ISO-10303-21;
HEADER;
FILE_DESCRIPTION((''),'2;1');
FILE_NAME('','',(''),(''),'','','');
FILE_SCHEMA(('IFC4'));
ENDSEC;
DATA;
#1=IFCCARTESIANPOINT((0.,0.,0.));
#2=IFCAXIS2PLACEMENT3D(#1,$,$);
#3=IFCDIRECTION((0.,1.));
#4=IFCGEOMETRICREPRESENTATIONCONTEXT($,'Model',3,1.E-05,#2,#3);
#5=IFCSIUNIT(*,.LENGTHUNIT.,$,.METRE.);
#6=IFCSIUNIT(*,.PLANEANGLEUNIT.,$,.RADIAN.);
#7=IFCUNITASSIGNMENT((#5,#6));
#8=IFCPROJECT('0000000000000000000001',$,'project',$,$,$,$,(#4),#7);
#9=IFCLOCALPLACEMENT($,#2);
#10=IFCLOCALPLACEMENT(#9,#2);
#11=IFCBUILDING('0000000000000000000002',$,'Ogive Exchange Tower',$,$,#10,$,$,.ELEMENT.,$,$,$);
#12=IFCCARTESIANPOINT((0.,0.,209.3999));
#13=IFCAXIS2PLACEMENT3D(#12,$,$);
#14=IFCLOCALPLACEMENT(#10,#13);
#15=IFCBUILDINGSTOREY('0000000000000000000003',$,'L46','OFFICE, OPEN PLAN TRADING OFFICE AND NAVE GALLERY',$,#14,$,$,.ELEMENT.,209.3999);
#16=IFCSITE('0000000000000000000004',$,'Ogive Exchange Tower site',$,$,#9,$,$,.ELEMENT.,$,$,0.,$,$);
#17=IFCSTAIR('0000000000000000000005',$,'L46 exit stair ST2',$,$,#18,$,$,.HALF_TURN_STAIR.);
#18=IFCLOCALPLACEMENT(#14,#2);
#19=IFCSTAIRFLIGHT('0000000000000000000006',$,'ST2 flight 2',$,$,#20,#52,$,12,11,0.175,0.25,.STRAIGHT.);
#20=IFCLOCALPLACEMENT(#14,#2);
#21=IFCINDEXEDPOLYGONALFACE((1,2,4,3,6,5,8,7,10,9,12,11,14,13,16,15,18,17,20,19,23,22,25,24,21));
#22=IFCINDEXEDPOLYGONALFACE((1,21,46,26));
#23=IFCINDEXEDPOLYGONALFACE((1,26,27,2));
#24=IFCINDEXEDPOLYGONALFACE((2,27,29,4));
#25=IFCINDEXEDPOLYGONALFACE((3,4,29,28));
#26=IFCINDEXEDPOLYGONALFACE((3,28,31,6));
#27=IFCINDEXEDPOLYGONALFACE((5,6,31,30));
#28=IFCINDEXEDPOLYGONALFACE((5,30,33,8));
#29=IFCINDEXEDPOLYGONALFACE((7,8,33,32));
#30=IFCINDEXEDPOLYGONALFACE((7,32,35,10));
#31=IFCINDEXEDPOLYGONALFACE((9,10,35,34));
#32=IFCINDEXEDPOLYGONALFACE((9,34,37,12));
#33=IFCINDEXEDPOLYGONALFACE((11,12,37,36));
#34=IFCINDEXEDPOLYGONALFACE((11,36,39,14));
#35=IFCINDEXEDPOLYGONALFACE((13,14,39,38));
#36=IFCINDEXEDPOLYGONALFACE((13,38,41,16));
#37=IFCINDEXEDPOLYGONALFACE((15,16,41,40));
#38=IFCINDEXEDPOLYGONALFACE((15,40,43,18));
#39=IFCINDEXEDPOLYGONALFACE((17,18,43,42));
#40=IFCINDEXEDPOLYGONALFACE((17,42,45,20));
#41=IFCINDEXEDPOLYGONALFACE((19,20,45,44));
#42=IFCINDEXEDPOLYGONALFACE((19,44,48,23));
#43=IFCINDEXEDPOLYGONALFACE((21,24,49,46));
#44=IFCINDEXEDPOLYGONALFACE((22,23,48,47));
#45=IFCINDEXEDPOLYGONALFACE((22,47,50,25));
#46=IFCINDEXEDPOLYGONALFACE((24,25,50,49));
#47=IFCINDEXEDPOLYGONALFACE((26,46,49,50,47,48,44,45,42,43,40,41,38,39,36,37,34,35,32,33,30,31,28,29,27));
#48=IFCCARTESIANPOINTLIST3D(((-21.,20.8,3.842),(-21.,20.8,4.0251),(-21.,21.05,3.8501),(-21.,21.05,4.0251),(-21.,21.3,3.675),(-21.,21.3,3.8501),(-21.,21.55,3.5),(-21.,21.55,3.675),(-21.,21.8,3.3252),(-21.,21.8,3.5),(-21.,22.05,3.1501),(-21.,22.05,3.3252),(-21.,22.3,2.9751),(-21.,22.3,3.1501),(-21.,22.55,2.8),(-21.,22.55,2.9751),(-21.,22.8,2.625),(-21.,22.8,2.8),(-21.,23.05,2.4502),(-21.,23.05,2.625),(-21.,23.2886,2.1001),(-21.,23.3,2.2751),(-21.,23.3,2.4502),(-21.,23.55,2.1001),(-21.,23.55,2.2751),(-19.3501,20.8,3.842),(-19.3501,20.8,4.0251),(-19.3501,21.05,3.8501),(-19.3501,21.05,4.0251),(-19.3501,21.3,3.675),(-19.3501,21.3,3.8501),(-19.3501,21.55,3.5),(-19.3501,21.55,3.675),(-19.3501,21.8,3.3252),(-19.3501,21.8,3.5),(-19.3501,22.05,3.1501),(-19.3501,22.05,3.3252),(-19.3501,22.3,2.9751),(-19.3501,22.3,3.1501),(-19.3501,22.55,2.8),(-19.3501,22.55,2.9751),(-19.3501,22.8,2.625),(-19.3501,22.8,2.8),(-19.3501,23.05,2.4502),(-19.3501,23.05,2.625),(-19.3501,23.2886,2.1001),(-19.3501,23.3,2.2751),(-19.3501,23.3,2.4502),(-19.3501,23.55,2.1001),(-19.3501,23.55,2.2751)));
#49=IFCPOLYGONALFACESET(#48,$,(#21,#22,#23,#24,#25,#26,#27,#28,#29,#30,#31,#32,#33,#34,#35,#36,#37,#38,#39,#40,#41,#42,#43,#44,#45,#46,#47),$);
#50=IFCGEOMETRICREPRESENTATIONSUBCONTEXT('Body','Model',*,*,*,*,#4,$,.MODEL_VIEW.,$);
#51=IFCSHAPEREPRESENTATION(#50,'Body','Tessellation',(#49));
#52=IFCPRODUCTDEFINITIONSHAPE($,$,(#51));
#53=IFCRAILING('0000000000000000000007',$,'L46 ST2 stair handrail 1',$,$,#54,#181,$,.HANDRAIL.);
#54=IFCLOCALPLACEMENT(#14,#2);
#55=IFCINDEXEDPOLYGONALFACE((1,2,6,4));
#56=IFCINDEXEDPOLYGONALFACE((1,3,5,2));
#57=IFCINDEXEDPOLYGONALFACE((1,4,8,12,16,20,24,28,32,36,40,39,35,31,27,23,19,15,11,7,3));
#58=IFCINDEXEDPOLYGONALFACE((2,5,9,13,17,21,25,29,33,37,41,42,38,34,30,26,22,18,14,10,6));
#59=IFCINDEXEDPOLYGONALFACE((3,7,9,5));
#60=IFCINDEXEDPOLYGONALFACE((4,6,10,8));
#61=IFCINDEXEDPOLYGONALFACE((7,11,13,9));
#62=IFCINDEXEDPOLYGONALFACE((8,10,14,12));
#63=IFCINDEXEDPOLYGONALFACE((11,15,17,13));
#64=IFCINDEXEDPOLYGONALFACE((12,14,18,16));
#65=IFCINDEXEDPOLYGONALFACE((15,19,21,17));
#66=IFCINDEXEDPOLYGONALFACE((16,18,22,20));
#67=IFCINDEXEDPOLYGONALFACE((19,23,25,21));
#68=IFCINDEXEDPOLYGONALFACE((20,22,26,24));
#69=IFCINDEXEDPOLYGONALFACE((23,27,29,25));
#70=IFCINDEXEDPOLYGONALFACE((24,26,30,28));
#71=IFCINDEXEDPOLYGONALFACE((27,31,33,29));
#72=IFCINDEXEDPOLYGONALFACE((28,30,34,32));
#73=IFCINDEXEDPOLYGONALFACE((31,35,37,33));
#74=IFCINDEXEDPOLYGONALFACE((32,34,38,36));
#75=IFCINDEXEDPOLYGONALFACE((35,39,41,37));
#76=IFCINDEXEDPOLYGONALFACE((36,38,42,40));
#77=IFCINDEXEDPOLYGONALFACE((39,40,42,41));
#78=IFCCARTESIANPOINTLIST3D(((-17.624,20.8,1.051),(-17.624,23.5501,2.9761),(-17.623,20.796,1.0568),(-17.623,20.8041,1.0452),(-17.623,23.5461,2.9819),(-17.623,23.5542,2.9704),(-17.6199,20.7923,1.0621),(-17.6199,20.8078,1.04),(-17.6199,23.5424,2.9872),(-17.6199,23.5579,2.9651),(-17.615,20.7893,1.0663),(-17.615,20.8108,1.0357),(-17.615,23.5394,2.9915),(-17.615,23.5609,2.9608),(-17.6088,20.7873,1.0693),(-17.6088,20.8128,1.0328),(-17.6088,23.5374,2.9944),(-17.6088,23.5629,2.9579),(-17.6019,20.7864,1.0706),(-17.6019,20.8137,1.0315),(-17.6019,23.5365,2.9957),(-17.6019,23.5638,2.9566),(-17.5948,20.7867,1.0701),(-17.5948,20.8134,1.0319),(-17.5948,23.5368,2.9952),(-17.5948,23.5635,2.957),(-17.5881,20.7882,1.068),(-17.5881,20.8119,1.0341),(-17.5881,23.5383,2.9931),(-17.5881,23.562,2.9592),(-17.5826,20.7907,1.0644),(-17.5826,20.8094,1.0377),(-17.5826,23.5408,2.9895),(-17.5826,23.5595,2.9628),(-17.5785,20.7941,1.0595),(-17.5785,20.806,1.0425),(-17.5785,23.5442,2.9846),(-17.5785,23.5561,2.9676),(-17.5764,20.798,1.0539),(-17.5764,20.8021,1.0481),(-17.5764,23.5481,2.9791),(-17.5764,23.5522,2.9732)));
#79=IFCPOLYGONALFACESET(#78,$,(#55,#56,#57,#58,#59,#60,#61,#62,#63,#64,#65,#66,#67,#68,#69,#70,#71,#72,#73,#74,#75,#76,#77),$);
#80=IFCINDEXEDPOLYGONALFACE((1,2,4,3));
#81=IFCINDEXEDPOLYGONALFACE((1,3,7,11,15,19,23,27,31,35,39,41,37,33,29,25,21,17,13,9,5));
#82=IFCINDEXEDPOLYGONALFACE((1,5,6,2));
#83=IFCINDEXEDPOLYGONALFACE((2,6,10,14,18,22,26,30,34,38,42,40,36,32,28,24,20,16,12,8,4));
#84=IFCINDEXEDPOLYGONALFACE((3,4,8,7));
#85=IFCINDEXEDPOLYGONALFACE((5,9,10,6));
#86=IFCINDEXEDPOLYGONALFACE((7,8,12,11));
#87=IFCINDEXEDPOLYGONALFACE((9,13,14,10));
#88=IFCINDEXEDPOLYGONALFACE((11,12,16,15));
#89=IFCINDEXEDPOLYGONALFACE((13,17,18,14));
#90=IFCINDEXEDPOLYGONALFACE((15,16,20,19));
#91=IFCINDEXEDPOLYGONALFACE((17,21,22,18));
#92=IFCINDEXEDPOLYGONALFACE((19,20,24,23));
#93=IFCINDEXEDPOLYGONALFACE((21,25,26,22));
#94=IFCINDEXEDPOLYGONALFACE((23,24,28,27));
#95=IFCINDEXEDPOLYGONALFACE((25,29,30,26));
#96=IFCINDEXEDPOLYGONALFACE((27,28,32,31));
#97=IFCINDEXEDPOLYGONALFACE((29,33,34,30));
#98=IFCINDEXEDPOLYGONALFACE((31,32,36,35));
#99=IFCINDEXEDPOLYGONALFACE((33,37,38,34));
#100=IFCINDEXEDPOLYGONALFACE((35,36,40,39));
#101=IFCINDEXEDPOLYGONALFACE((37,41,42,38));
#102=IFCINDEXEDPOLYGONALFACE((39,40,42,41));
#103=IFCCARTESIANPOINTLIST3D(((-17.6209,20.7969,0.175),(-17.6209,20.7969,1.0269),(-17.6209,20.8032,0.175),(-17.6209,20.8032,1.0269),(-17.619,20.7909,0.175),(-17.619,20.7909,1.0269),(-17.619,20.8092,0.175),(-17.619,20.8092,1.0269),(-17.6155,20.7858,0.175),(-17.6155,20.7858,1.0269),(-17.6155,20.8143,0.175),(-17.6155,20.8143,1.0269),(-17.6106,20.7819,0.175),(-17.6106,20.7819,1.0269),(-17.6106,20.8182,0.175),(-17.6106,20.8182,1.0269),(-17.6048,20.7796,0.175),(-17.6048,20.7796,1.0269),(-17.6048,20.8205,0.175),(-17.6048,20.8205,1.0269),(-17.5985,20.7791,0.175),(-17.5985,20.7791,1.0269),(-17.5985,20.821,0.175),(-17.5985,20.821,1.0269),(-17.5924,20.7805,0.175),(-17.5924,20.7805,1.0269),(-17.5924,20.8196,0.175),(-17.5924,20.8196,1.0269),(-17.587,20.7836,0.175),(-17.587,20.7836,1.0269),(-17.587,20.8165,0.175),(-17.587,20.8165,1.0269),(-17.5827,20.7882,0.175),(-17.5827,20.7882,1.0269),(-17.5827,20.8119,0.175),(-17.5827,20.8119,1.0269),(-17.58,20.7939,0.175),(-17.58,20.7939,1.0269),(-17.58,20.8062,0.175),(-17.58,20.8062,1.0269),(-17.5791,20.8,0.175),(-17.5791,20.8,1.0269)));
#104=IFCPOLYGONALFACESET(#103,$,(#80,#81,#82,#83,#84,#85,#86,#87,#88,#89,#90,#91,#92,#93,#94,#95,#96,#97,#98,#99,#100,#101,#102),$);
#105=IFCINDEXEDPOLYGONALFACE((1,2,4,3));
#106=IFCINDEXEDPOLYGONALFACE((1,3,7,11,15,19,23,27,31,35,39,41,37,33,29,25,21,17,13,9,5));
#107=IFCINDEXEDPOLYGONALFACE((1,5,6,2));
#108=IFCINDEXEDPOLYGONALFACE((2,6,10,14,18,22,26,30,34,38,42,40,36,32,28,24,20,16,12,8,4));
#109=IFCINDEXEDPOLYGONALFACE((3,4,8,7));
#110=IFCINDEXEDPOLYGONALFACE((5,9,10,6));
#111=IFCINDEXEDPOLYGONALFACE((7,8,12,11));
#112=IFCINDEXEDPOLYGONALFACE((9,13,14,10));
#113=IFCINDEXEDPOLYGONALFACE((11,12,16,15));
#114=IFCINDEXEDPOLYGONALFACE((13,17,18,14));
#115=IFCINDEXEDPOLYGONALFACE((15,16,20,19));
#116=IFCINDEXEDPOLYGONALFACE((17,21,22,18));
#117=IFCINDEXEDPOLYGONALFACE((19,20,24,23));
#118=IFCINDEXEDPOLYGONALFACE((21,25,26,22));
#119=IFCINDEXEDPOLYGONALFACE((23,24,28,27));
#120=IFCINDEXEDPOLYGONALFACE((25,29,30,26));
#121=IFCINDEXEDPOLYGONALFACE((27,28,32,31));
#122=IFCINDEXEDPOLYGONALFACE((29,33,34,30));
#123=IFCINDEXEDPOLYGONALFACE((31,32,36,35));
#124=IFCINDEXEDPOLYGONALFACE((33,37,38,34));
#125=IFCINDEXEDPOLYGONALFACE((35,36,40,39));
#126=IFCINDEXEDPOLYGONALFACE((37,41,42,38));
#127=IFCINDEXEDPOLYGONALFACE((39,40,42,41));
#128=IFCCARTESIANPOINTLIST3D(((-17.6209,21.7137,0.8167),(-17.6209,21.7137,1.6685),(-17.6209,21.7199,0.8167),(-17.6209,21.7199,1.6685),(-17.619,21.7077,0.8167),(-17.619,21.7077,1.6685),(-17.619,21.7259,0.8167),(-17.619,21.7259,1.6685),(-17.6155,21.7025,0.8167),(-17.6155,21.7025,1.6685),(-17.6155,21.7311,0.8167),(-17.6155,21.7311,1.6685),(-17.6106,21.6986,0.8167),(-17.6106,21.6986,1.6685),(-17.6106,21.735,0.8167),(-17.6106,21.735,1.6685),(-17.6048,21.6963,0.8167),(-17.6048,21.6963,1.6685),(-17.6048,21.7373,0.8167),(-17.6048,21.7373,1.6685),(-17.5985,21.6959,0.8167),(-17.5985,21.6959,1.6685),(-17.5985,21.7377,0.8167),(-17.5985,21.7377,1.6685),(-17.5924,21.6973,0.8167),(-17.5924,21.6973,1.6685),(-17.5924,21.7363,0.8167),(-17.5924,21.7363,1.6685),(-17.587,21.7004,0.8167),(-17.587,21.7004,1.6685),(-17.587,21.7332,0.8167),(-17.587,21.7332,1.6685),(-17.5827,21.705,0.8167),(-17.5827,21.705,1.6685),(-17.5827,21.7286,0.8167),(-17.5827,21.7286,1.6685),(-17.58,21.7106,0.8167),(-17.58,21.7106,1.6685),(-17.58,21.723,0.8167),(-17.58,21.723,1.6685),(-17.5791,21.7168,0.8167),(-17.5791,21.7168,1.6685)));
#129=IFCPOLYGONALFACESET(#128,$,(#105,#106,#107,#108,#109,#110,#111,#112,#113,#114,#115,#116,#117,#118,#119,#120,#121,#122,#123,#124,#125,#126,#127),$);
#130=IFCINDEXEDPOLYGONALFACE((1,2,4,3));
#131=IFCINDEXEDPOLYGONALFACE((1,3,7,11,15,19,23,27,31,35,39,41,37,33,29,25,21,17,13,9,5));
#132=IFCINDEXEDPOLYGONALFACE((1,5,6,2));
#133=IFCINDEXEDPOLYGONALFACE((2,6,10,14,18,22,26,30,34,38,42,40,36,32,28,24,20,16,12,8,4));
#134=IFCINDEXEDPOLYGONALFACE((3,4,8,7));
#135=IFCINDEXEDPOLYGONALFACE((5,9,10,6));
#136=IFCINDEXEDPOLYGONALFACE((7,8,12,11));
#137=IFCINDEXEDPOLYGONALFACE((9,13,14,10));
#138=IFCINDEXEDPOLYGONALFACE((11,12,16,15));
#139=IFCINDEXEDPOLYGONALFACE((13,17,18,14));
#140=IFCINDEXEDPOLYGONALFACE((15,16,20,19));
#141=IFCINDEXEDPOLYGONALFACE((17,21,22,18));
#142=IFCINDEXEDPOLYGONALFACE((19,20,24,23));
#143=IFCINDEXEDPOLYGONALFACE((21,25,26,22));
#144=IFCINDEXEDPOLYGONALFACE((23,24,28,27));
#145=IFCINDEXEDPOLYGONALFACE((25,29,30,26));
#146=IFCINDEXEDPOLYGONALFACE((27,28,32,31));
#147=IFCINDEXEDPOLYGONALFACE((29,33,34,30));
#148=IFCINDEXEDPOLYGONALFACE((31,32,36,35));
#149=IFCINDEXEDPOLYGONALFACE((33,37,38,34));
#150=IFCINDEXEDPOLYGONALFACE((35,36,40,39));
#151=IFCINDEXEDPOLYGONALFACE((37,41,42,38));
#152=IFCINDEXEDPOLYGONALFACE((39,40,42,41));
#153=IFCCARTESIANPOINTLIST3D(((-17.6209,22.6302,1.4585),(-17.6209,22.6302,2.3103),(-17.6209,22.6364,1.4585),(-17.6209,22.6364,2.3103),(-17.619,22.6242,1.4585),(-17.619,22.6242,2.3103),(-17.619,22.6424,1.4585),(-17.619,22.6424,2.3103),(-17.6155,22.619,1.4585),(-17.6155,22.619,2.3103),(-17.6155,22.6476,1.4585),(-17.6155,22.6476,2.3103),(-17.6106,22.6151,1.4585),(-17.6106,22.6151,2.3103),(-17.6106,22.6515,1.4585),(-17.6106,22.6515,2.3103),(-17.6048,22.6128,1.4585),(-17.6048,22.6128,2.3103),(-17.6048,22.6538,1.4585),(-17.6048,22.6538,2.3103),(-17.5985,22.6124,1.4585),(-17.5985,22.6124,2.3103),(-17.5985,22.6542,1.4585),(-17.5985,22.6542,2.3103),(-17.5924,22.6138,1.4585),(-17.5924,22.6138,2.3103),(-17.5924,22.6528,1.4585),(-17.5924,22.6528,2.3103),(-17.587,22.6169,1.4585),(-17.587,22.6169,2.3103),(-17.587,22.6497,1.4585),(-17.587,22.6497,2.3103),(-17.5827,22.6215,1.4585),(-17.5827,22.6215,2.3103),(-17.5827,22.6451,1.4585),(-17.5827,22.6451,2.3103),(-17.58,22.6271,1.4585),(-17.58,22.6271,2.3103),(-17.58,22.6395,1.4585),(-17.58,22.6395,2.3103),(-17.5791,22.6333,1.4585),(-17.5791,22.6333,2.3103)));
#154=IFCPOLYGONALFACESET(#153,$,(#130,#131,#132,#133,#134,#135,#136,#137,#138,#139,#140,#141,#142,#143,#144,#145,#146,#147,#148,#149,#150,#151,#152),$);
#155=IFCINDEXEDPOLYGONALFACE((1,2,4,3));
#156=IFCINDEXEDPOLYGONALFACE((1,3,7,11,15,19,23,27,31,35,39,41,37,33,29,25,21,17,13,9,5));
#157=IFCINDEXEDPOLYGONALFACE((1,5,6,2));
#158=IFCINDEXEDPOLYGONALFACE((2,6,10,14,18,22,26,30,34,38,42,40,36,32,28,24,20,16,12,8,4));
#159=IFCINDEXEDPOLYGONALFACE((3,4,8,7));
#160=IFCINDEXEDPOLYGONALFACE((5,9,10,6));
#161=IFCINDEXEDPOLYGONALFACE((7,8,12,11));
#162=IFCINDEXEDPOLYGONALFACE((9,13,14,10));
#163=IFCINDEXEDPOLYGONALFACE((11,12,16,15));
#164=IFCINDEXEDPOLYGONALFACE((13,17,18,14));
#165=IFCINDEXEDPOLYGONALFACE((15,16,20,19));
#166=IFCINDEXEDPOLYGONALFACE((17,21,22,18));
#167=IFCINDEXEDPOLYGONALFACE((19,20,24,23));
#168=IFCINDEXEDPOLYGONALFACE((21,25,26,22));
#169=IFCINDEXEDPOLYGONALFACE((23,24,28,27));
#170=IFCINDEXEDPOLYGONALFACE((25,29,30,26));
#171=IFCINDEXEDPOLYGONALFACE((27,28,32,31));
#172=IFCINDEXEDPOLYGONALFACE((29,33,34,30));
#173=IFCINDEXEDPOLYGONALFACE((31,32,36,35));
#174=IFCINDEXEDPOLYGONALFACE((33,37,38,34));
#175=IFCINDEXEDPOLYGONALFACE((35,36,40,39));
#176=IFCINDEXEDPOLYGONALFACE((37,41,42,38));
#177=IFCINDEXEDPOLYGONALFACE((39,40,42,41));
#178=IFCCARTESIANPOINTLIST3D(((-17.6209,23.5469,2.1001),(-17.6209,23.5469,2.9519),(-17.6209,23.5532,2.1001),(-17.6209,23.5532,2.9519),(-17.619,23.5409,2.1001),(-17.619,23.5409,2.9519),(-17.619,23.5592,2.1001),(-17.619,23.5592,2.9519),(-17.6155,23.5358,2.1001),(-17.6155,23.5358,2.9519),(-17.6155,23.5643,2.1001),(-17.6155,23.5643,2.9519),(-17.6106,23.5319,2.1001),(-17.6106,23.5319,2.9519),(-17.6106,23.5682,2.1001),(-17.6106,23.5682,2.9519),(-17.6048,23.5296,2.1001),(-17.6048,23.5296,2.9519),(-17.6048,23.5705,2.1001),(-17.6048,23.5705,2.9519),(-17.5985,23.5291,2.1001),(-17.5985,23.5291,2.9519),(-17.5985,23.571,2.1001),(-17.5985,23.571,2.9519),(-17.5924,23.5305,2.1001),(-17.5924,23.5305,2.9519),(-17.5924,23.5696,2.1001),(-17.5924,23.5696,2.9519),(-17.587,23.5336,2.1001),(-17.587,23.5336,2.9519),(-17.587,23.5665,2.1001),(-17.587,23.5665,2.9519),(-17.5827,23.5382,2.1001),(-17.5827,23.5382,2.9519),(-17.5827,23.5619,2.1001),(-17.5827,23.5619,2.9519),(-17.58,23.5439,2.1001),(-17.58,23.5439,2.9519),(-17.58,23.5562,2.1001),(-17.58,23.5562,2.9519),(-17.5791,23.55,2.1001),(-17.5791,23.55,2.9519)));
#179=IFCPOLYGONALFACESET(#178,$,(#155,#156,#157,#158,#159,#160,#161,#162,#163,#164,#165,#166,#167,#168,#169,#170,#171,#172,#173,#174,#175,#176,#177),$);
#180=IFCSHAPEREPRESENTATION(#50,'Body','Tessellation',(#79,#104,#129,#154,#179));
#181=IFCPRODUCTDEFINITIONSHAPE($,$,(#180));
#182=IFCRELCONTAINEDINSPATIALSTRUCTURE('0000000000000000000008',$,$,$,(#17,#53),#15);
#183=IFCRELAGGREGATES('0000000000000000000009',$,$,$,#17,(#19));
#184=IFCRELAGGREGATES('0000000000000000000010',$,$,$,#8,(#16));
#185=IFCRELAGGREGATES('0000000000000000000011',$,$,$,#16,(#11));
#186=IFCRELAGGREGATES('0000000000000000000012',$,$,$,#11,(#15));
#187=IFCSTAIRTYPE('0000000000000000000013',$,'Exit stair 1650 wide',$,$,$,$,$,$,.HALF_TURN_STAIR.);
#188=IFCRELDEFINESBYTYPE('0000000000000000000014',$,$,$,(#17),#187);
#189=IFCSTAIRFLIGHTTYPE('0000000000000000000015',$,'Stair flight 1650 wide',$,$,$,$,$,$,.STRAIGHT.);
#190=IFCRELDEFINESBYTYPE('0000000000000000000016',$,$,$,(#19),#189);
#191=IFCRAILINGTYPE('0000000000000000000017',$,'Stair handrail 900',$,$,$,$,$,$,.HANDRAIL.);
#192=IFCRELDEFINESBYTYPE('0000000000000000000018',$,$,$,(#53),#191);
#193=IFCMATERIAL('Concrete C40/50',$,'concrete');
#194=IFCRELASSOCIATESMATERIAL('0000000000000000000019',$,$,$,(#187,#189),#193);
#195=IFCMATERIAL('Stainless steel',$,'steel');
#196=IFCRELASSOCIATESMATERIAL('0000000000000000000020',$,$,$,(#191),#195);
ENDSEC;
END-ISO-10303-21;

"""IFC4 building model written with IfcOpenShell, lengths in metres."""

from ifc_helpers import new_model, si_unit, direction, frame, origin, origin_2d, place, context, subcontext, project, spatial, polyline, circle, outline, extrude, material, type_object, element, aggregate, save


model = new_model("IFC4")

# Units and contexts
model_context = context("Model", 3, precision=1e-05, world=origin(), true_north=direction((0.0, 1.0)))
body_context = subcontext(model_context, "Body", "Model", "MODEL_VIEW")
ifc_project = project(units=[si_unit("LENGTHUNIT", "METRE"), si_unit("PLANEANGLEUNIT", "RADIAN")], contexts=[model_context])

# Site, building, storey
site_placement = place(None, origin())
site = spatial("IfcSite", under=ifc_project, at=site_placement, Name="Ogive Exchange Tower site", CompositionType="ELEMENT", RefElevation=0.0)
building_placement = place(site_placement, origin())
building = spatial("IfcBuilding", under=site, at=building_placement, Name="Ogive Exchange Tower", CompositionType="ELEMENT")
storey_placement = place(building_placement, frame((0.0, 0.0, 209.3999)))
storey = spatial("IfcBuildingStorey", under=building, at=storey_placement, Name="L46", Description="OFFICE, OPEN PLAN TRADING OFFICE AND NAVE GALLERY", CompositionType="ELEMENT", Elevation=209.3999)

# Stair, stair flight
ifc_material_1 = material(Name="Concrete C40/50", Category="concrete")
stair_type = type_object("IfcStairType", Name="Exit stair 1650 wide", PredefinedType="HALF_TURN_STAIR", material=ifc_material_1)
stair_placement = place(storey_placement, origin())
stair = element("IfcStair", 1, at=stair_placement, inside=storey, type_object=stair_type, Name="L46 exit stair ST2", PredefinedType="HALF_TURN_STAIR")
stair_flight_type = type_object("IfcStairFlightType", Name="Stair flight 1650 wide", PredefinedType="STRAIGHT", material=ifc_material_1)
stair_flight_1_placement = place(storey_placement, frame((-20.175, 23.55, 2.1001), z_axis=(0.0, 0.0, 1.0), x_axis=(0.0, -1.0, 0.0)))
stair_flight_1 = element("IfcStairFlight", 2, at=stair_flight_1_placement, type_object=stair_flight_type, Name="ST2 flight 2", NumberOfRisers=12, NumberOfTreads=11, PredefinedType="STRAIGHT", RiserHeight=0.175, TreadLength=0.25, context=body_context, shape_type="SweptSolid", body=[
    extrude(outline(polyline([(0.0, 0.0), (0.0, 0.175), (0.25, 0.175), (0.25, 0.3501), (0.5, 0.3501), (0.5, 0.5249), (0.75, 0.5249), (0.75, 0.7), (1.0, 0.7), (1.0, 0.875), (1.25, 0.875), (1.25, 1.05), (1.5, 1.05), (1.5, 1.2251), (1.75, 1.2251), (1.75, 1.3999), (2.0, 1.3999), (2.0, 1.575), (2.25, 1.575), (2.25, 1.75), (2.5, 1.75), (2.5, 1.925), (2.75, 1.925), (2.75, 2.1001), (2.75, 1.7419), (0.2615, 0.0), (0.0, 0.0)])), frame((0.0, 0.825, 0.0), z_axis=(0.0, -1.0, 0.0), x_axis=(1.0, 0.0, 0.0)), (0.0, 0.0, 1.0), 1.6499),
])
aggregate(stair, [stair_flight_1])

# Railing
ifc_material_2 = material(Name="Stainless steel", Category="steel")
railing_type = type_object("IfcRailingType", Name="Stair handrail 900", PredefinedType="HANDRAIL", material=ifc_material_2)
railing_1_placement = place(storey_placement, frame((-17.6001, 20.8, 0.175)))
element("IfcRailing", 3, at=railing_1_placement, inside=storey, type_object=railing_type, Name="L46 ST2 stair handrail 1", PredefinedType="HANDRAIL", context=body_context, shape_type="SweptSolid", body=[
    extrude(circle(Radius=0.0239, at=origin_2d()), frame((0.0, 0.0, 0.876), z_axis=(0.0, 0.819225, 0.573472), x_axis=(-1.0, 0.0, 0.0)), (0.0, 0.0, 1.0), 3.3569),
    extrude(circle(Radius=0.021, at=origin_2d()), origin(), (0.0, 0.0, 1.0), 0.8518),
    extrude(circle(Radius=0.021, at=origin_2d()), frame((0.0, 0.9167, 0.6416)), (0.0, 0.0, 1.0), 0.8518),
    extrude(circle(Radius=0.021, at=origin_2d()), frame((0.0, 1.8333, 1.2834)), (0.0, 0.0, 1.0), 0.8518),
    extrude(circle(Radius=0.021, at=origin_2d()), frame((0.0, 2.75, 1.925)), (0.0, 0.0, 1.0), 0.8518),
])

save(model, "model.ifc")
